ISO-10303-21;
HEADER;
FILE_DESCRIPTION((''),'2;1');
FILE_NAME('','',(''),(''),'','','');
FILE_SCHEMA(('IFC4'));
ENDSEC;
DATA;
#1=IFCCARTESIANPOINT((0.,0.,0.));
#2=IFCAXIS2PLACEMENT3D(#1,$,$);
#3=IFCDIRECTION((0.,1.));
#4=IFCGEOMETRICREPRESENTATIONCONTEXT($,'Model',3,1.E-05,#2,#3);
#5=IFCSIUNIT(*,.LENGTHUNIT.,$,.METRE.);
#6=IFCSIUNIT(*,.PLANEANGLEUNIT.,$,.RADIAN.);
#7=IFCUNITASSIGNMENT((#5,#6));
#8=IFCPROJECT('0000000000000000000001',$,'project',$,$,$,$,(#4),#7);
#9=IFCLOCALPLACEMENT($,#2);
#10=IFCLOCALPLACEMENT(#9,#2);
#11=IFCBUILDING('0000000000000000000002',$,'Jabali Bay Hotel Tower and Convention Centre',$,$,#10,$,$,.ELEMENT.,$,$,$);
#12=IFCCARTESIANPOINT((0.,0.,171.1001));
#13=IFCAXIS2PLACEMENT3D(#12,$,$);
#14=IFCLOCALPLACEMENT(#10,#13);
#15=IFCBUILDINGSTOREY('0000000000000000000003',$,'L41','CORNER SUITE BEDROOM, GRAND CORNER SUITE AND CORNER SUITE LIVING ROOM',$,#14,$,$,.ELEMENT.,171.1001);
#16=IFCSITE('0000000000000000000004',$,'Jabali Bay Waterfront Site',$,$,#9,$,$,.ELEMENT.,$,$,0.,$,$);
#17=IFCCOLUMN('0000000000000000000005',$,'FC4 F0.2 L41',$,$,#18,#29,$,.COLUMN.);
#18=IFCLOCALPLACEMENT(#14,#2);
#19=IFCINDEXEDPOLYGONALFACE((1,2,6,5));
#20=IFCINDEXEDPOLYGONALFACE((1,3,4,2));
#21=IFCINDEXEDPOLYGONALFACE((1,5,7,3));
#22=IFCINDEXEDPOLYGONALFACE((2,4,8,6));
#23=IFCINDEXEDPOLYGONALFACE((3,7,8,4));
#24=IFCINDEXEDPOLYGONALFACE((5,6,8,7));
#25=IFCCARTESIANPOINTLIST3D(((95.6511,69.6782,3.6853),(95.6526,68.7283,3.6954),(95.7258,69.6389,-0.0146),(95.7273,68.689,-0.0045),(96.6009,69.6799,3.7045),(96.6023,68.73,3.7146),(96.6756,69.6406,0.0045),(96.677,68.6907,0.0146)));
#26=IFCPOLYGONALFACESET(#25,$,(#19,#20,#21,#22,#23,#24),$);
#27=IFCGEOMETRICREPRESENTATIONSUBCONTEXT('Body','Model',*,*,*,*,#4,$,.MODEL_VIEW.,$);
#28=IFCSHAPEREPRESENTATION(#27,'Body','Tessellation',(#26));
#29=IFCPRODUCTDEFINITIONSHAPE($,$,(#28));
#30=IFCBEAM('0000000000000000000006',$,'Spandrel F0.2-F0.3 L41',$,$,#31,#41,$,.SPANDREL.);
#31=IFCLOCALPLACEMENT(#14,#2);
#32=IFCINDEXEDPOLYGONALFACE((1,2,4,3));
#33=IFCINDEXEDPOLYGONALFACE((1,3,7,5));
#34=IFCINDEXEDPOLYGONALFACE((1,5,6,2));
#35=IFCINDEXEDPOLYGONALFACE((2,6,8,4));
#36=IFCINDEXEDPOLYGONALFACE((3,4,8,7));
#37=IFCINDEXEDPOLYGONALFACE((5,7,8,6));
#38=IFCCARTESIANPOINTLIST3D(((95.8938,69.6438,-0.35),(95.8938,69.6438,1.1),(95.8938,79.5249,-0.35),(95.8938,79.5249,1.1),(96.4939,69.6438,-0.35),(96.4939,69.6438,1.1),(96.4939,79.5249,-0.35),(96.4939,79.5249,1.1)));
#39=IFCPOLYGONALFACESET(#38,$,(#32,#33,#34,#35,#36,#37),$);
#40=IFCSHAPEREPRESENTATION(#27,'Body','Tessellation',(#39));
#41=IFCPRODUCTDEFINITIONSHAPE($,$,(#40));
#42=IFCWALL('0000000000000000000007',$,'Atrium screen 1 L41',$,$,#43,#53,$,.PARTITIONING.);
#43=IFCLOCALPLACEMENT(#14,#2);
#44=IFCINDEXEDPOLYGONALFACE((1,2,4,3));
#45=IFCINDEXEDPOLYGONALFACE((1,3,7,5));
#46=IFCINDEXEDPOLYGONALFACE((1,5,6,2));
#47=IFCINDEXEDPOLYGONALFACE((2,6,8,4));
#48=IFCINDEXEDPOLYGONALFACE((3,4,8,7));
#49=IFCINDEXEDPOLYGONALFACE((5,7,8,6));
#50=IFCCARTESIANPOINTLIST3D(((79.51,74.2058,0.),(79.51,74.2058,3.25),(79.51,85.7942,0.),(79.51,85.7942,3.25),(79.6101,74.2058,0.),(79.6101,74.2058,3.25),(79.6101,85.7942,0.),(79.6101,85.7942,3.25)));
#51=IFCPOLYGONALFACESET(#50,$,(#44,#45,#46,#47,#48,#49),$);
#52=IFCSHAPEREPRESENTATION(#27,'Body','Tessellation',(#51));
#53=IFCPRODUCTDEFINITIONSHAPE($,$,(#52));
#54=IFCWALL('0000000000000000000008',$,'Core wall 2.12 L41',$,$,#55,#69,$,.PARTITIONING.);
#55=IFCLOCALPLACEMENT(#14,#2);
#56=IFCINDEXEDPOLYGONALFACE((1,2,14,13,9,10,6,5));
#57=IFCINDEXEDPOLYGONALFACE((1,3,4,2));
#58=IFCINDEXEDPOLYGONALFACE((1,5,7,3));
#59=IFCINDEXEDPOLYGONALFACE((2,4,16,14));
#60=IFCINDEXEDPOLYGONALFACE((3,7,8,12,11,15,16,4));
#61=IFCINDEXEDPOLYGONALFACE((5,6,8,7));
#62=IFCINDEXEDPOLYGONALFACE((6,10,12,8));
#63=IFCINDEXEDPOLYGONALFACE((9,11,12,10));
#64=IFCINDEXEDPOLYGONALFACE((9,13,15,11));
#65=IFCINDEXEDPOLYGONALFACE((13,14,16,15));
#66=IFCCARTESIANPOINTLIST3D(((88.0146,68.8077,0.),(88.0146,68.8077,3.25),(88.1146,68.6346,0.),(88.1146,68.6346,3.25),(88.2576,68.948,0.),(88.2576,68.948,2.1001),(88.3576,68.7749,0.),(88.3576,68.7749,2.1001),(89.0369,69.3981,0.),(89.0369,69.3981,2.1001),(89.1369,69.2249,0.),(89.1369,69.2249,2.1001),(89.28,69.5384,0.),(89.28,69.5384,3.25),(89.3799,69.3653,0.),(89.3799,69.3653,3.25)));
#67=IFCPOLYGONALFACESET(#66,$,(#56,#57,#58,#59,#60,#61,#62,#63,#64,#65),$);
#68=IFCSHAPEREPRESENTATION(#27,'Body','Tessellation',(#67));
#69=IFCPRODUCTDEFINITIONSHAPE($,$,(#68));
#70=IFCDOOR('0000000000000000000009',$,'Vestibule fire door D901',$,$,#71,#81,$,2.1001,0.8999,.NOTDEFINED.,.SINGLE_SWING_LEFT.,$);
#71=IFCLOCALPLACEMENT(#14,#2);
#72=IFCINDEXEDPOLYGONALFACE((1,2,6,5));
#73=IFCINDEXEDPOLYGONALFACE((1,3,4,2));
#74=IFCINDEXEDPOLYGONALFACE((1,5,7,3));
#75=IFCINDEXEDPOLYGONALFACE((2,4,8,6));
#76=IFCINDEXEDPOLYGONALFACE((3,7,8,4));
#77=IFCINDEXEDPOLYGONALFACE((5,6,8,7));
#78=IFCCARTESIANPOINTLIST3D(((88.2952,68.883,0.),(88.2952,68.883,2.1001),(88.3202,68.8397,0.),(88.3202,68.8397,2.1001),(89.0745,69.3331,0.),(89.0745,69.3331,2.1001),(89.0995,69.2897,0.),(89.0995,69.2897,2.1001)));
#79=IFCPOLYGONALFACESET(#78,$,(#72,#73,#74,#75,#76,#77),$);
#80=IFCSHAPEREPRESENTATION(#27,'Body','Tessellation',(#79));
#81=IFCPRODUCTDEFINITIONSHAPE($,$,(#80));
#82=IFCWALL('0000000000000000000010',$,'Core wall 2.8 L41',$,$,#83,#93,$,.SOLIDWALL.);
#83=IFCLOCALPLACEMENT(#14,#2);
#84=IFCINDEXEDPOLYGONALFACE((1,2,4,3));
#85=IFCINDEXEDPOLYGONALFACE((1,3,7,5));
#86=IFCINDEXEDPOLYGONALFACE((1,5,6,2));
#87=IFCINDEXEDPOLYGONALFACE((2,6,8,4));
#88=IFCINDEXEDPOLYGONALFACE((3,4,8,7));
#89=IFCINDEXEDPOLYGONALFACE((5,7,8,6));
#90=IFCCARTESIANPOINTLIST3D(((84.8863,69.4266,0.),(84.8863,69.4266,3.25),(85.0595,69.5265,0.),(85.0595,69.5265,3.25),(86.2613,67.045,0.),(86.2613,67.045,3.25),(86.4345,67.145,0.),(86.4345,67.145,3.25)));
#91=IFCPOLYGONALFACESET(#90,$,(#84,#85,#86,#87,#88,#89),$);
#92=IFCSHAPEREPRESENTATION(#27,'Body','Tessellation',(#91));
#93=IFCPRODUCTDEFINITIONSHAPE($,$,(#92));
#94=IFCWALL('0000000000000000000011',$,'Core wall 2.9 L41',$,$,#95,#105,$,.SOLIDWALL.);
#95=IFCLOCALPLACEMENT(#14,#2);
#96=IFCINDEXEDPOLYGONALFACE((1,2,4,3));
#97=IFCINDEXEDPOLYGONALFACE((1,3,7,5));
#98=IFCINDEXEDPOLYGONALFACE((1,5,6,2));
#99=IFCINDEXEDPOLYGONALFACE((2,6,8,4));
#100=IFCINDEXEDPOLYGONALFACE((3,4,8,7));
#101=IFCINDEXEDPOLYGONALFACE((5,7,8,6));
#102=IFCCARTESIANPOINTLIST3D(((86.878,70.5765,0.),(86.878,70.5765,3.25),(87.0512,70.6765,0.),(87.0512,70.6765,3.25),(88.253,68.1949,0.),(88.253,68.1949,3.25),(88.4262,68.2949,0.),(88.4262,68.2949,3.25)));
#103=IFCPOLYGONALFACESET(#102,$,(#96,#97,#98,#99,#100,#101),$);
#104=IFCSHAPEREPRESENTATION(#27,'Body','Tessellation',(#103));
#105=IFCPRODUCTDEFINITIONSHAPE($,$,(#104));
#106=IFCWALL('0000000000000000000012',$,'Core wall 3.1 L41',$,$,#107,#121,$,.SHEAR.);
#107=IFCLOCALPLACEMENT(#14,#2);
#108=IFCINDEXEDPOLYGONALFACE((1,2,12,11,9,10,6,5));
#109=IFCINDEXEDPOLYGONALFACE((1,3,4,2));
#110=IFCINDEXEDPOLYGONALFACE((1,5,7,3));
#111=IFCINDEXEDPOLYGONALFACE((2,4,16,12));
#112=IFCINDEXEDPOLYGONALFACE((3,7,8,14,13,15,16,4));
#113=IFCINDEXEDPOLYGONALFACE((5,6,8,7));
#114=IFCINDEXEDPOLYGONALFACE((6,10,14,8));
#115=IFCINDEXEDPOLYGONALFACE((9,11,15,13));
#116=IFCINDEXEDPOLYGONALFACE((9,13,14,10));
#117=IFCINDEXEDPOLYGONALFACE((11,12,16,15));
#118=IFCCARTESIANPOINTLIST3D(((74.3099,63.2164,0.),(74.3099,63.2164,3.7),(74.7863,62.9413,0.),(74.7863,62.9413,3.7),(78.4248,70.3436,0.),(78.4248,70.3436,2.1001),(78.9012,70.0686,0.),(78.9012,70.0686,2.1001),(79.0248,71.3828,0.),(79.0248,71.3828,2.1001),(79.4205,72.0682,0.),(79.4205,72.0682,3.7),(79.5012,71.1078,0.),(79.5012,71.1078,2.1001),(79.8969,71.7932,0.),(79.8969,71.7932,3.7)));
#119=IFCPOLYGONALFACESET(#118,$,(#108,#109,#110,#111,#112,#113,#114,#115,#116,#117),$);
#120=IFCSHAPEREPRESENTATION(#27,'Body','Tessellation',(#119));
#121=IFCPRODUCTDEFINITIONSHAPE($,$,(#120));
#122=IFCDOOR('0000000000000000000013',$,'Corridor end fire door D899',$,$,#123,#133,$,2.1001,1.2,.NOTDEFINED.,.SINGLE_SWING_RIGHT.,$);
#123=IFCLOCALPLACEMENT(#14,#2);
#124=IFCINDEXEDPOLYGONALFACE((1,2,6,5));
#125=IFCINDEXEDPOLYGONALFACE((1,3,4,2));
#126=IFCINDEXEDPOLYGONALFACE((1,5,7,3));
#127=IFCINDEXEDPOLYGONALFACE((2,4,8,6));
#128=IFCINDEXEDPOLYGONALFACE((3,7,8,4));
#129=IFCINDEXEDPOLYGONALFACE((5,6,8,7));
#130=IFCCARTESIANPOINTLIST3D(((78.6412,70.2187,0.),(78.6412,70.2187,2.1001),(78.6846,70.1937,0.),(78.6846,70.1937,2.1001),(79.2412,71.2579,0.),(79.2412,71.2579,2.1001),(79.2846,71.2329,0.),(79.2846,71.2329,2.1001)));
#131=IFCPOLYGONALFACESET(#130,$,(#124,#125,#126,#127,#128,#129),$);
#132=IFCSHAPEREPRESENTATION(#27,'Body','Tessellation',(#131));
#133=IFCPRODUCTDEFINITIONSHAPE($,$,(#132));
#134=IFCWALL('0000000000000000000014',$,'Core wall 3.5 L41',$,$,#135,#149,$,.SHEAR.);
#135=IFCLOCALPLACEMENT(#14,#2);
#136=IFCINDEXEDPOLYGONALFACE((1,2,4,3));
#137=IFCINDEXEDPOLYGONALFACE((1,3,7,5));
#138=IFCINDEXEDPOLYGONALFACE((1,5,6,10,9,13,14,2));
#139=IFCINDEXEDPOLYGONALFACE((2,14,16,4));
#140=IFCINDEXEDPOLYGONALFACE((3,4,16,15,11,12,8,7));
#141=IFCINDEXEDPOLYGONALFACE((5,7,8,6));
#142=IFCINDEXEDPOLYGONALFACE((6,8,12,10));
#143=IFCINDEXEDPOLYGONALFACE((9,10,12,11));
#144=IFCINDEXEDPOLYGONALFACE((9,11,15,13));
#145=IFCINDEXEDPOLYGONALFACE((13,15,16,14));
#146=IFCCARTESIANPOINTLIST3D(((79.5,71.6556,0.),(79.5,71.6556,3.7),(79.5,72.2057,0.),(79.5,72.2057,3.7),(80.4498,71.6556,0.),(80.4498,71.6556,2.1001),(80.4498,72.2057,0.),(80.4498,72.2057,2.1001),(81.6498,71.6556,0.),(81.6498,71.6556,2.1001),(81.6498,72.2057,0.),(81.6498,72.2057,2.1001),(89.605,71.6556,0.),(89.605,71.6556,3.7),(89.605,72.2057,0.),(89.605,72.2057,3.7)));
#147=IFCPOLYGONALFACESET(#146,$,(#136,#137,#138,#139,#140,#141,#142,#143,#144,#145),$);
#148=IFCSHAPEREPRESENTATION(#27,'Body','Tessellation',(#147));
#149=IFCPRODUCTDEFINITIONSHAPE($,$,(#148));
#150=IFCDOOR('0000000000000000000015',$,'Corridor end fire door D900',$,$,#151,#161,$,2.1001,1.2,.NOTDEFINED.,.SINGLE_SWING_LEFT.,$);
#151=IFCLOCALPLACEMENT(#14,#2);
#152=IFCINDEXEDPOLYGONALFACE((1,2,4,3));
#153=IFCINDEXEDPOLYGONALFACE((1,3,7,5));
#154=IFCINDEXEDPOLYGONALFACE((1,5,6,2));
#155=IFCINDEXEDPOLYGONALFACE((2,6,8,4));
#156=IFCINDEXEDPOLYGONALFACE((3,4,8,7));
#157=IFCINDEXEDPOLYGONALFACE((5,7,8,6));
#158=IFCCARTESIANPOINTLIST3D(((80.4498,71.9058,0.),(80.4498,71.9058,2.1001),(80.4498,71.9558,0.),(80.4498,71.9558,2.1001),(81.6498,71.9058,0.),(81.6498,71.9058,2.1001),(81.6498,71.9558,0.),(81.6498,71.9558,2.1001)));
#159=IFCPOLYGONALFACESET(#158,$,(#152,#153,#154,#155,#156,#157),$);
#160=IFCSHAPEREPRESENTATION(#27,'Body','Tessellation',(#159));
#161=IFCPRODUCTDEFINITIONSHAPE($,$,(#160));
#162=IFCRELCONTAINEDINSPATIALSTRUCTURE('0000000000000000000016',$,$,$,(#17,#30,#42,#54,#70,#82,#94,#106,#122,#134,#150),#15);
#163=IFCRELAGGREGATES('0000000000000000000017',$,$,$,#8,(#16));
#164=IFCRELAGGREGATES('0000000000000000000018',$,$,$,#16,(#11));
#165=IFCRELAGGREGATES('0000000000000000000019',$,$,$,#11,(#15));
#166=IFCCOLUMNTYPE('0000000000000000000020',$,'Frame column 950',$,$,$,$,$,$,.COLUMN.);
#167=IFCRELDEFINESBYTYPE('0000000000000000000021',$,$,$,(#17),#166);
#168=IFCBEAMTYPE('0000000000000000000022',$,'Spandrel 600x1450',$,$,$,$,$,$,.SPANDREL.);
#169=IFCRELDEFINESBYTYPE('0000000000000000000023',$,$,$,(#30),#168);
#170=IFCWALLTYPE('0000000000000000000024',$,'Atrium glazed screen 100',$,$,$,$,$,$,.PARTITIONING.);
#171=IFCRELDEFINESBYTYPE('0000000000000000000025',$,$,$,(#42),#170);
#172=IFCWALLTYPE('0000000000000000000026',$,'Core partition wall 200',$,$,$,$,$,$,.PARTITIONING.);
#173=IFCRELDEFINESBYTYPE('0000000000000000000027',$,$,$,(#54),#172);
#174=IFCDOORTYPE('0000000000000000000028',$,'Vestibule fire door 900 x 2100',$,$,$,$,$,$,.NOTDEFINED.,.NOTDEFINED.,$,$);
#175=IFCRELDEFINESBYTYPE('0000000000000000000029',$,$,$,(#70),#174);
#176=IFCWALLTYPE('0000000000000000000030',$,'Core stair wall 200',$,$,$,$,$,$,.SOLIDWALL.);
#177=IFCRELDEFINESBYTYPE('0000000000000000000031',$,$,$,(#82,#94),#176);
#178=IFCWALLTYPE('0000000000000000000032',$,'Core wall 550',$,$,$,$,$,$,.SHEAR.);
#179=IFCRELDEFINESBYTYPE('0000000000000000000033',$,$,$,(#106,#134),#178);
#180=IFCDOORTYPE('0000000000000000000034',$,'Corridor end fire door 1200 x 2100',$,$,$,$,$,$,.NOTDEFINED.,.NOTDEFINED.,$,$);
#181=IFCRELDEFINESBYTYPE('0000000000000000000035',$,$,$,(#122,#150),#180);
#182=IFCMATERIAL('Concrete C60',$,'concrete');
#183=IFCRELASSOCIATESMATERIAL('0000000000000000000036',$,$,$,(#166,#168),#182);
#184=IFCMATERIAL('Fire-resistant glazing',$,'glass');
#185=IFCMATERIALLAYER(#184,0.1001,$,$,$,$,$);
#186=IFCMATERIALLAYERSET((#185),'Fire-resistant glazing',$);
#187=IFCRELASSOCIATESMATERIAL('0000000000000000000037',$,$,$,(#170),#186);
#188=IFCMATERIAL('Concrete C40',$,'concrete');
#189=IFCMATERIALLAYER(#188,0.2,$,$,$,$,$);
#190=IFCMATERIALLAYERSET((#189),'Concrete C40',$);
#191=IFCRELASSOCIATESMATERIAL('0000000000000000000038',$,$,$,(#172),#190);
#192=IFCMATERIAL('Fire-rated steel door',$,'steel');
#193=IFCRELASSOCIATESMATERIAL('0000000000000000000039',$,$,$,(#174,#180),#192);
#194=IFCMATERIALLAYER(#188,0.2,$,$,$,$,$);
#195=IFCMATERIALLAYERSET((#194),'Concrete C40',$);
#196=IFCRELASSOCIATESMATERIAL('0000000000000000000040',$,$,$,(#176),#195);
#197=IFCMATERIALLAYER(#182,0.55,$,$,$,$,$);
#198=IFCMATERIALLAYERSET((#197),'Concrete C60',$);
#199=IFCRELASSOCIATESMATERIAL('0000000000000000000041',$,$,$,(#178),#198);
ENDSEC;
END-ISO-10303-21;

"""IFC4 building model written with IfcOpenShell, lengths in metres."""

from ifc_helpers import new_model, si_unit, direction, frame, frame_2d, origin, origin_2d, place, context, subcontext, project, spatial, rectangle, extrude, material, layer, layer_set, material_profile, profile_set, type_object, element, fill, save


model = new_model("IFC4")

# Units and contexts
model_context = context("Model", 3, precision=1e-05, world=origin(), true_north=direction((0.0, 1.0)))
body_context = subcontext(model_context, "Body", "Model", "MODEL_VIEW")
ifc_project = project(units=[si_unit("LENGTHUNIT", "METRE"), si_unit("PLANEANGLEUNIT", "RADIAN")], contexts=[model_context])

# Site, building, storey
site_placement = place(None, origin())
site = spatial("IfcSite", under=ifc_project, at=site_placement, Name="Jabali Bay Waterfront Site", CompositionType="ELEMENT", RefElevation=0.0)
building_placement = place(site_placement, origin())
building = spatial("IfcBuilding", under=site, at=building_placement, Name="Jabali Bay Hotel Tower and Convention Centre", CompositionType="ELEMENT")
storey_placement = place(building_placement, frame((0.0, 0.0, 171.1001)))
storey = spatial("IfcBuildingStorey", under=building, at=storey_placement, Name="L41", Description="CORNER SUITE BEDROOM, GRAND CORNER SUITE AND CORNER SUITE LIVING ROOM", CompositionType="ELEMENT", Elevation=171.1001)

# Column
ifc_material_1 = material(Name="Concrete C60", Category="concrete")
ifc_material_profile_1 = material_profile(ifc_material_1, rectangle(XDim=0.95, YDim=0.95, at=origin_2d()), Name="Frame column 950")
ifc_profile_set_1 = profile_set([ifc_material_profile_1], Name="Concrete C60")
column_type = type_object("IfcColumnType", Name="Frame column 950", PredefinedType="COLUMN", material=ifc_profile_set_1)
column_placement = place(storey_placement, frame((96.2014, 69.1648, 0.0), z_axis=(-0.020186, 0.010621, 0.99974), x_axis=(0.001533, -0.999942, 0.010654)))
element("IfcColumn", 1, at=column_placement, inside=storey, type_object=column_type, Name="FC4 F0.2 L41", PredefinedType="COLUMN", context=body_context, shape_type="SweptSolid", body=[
    extrude(rectangle(XDim=0.95, YDim=0.95, at=origin_2d()), origin(), (0.0, 0.0, 1.0), 3.7009),
])

# Beam
ifc_material_profile_2 = material_profile(ifc_material_1, rectangle(XDim=0.6001, YDim=1.45, at=origin_2d()), Name="Spandrel 600x1450")
ifc_profile_set_2 = profile_set([ifc_material_profile_2], Name="Concrete C60")
beam_type = type_object("IfcBeamType", Name="Spandrel 600x1450", PredefinedType="SPANDREL", material=ifc_profile_set_2)
beam_placement = place(storey_placement, frame((96.1938, 69.6438, 0.375), z_axis=(0.0, 1.0, 0.0), x_axis=(-1.0, 0.0, 0.0)))
element("IfcBeam", 2, at=beam_placement, inside=storey, type_object=beam_type, Name="Spandrel F0.2-F0.3 L41", PredefinedType="SPANDREL", context=body_context, shape_type="SweptSolid", body=[
    extrude(rectangle(XDim=0.6001, YDim=1.45, at=origin_2d()), origin(), (0.0, 0.0, 1.0), 9.8811),
])

# Wall
ifc_material_2 = material(Name="Fire-resistant glazing", Category="glass")
ifc_layer_1 = layer(ifc_material_2, 0.1001)
ifc_layer_set_1 = layer_set([ifc_layer_1], Name="Fire-resistant glazing")
wall_type_1 = type_object("IfcWallType", Name="Atrium glazed screen 100", PredefinedType="PARTITIONING", material=ifc_layer_set_1)
wall_1_placement = place(storey_placement, frame((79.5601, 74.2058, 0.0), z_axis=(0.0, 0.0, 1.0), x_axis=(0.0, 1.0, 0.0)))
element("IfcWall", 3, at=wall_1_placement, inside=storey, type_object=wall_type_1, Name="Atrium screen 1 L41", PredefinedType="PARTITIONING", context=body_context, shape_type="SweptSolid", body=[
    extrude(rectangle(XDim=11.5884, YDim=0.1001, at=frame_2d((5.7942, 0.0))), origin(), (0.0, 0.0, 1.0), 3.25),
])

# Wall, opening, door
ifc_material_3 = material(Name="Concrete C40", Category="concrete")
ifc_layer_2 = layer(ifc_material_3, 0.2)
ifc_layer_set_2 = layer_set([ifc_layer_2], Name="Concrete C40")
wall_type_2 = type_object("IfcWallType", Name="Core partition wall 200", PredefinedType="PARTITIONING", material=ifc_layer_set_2)
wall_2_placement = place(storey_placement, frame((88.0647, 68.7212, 0.0), z_axis=(0.0, 0.0, 1.0), x_axis=(0.865982, 0.500074, 0.0)))
wall_2 = element("IfcWall", 4, at=wall_2_placement, inside=storey, type_object=wall_type_2, Name="Core wall 2.12 L41", PredefinedType="PARTITIONING", context=body_context, shape_type="SweptSolid", body=[
    extrude(rectangle(XDim=1.4612, YDim=0.2, at=frame_2d((0.7305, 0.0))), origin(), (0.0, 0.0, 1.0), 3.25),
])
opening_1_placement = place(wall_2_placement, frame((0.2805, 0.0, 0.0)))
opening_1 = element("IfcOpeningElement", 5, at=opening_1_placement, cuts=wall_2, PredefinedType="OPENING", context=body_context, shape_type="SweptSolid", body=[
    extrude(rectangle(XDim=0.8999, YDim=2.1001, at=frame_2d((0.45, 1.05))), frame((0.0, 0.1104, 0.0), z_axis=(0.0, -1.0, 0.0), x_axis=(1.0, 0.0, 0.0)), (0.0, 0.0, 1.0), 0.2209),
])
ifc_material_4 = material(Name="Fire-rated steel door", Category="steel")
door_type_1 = type_object("IfcDoorType", Name="Vestibule fire door 900 x 2100", OperationType="NOTDEFINED", PredefinedType="NOTDEFINED", material=ifc_material_4)
door_1_placement = place(opening_1_placement, origin())
door_1 = element("IfcDoor", 6, at=door_1_placement, inside=storey, type_object=door_type_1, Name="Vestibule fire door D901", OperationType="SINGLE_SWING_LEFT", OverallHeight=2.1001, OverallWidth=0.8999, PredefinedType="NOTDEFINED", context=body_context, shape_type="SweptSolid", body=[
    extrude(rectangle(XDim=0.8999, YDim=2.1001, at=frame_2d((0.45, 1.05))), frame((0.0, 0.0249, 0.0), z_axis=(0.0, -1.0, 0.0), x_axis=(1.0, 0.0, 0.0)), (0.0, 0.0, 1.0), 0.05),
])
fill(opening_1, door_1)

# Walls
ifc_layer_3 = layer(ifc_material_3, 0.2)
ifc_layer_set_3 = layer_set([ifc_layer_3], Name="Concrete C40")
wall_type_3 = type_object("IfcWallType", Name="Core stair wall 200", PredefinedType="SOLIDWALL", material=ifc_layer_set_3)
for number, where, z_axis, x_axis, name in (
    (7, (84.9729, 69.4766, 0.0), (0.0, 0.0, 1.0), (0.499997, -0.866027, 0.0), "Core wall 2.8 L41"),
    (8, (86.9646, 70.6265, 0.0), (0.0, 0.0, 1.0), (0.499997, -0.866027, 0.0), "Core wall 2.9 L41"),
):
    element("IfcWall", number, at=place(storey_placement, frame(where, z_axis=z_axis, x_axis=x_axis)), inside=storey, type_object=wall_type_3, Name=name, PredefinedType="SOLIDWALL", context=body_context, shape_type="SweptSolid", body=[
        extrude(rectangle(XDim=2.75, YDim=0.2, at=frame_2d((1.375, 0.0))), origin(), (0.0, 0.0, 1.0), 3.25),
    ])

# Walls, openings, doors
ifc_layer_4 = layer(ifc_material_1, 0.55)
ifc_layer_set_4 = layer_set([ifc_layer_4], Name="Concrete C60")
wall_type_4 = type_object("IfcWallType", Name="Core wall 550", PredefinedType="SHEAR", material=ifc_layer_set_4)
wall_3_placement = place(storey_placement, frame((79.6587, 71.9307, 0.0), z_axis=(0.0, 0.0, 1.0), x_axis=(-0.5, -0.866025, 0.0)))
wall_3 = element("IfcWall", 9, at=wall_3_placement, inside=storey, type_object=wall_type_4, Name="Core wall 3.1 L41", PredefinedType="SHEAR", context=body_context, shape_type="SweptSolid", body=[
    extrude(rectangle(XDim=10.2212, YDim=0.55, at=frame_2d((5.1106, 0.0))), origin(), (0.0, 0.0, 1.0), 3.7),
])
opening_2_placement = place(wall_3_placement, frame((0.7913, 0.0, 0.0)))
opening_2 = element("IfcOpeningElement", 10, at=opening_2_placement, cuts=wall_3, PredefinedType="OPENING", context=body_context, shape_type="SweptSolid", body=[
    extrude(rectangle(XDim=1.2, YDim=2.1001, at=frame_2d((0.6001, 1.05))), frame((0.0, 0.2856, 0.0), z_axis=(0.0, -1.0, 0.0), x_axis=(1.0, 0.0, 0.0)), (0.0, 0.0, 1.0), 0.571),
])
door_type_2 = type_object("IfcDoorType", Name="Corridor end fire door 1200 x 2100", OperationType="NOTDEFINED", PredefinedType="NOTDEFINED", material=ifc_material_4)
door_2_placement = place(opening_2_placement, origin())
door_2 = element("IfcDoor", 11, at=door_2_placement, inside=storey, type_object=door_type_2, Name="Corridor end fire door D899", OperationType="SINGLE_SWING_RIGHT", OverallHeight=2.1001, OverallWidth=1.2, PredefinedType="NOTDEFINED", context=body_context, shape_type="SweptSolid", body=[
    extrude(rectangle(XDim=1.2, YDim=2.1001, at=frame_2d((0.6001, 1.05))), frame((0.0, 0.0249, 0.0), z_axis=(0.0, -1.0, 0.0), x_axis=(1.0, 0.0, 0.0)), (0.0, 0.0, 1.0), 0.05),
])
fill(opening_2, door_2)
wall_4_placement = place(storey_placement, frame((89.605, 71.9307, 0.0), z_axis=(0.0, 0.0, 1.0), x_axis=(-1.0, 0.0, 0.0)))
wall_4 = element("IfcWall", 12, at=wall_4_placement, inside=storey, type_object=wall_type_4, Name="Core wall 3.5 L41", PredefinedType="SHEAR", context=body_context, shape_type="SweptSolid", body=[
    extrude(rectangle(XDim=10.105, YDim=0.55, at=frame_2d((5.0525, 0.0))), origin(), (0.0, 0.0, 1.0), 3.7),
])
opening_3_placement = place(wall_4_placement, frame((7.9551, 0.0, 0.0)))
opening_3 = element("IfcOpeningElement", 13, at=opening_3_placement, cuts=wall_4, PredefinedType="OPENING", context=body_context, shape_type="SweptSolid", body=[
    extrude(rectangle(XDim=1.2, YDim=2.1001, at=frame_2d((0.6001, 1.05))), frame((0.0, 0.2856, 0.0), z_axis=(0.0, -1.0, 0.0), x_axis=(1.0, 0.0, 0.0)), (0.0, 0.0, 1.0), 0.571),
])
door_3_placement = place(opening_3_placement, origin())
door_3 = element("IfcDoor", 14, at=door_3_placement, inside=storey, type_object=door_type_2, Name="Corridor end fire door D900", OperationType="SINGLE_SWING_LEFT", OverallHeight=2.1001, OverallWidth=1.2, PredefinedType="NOTDEFINED", context=body_context, shape_type="SweptSolid", body=[
    extrude(rectangle(XDim=1.2, YDim=2.1001, at=frame_2d((0.6001, 1.05))), frame((0.0, 0.0249, 0.0), z_axis=(0.0, -1.0, 0.0), x_axis=(1.0, 0.0, 0.0)), (0.0, 0.0, 1.0), 0.05),
])
fill(opening_3, door_3)

save(model, "model.ifc")
